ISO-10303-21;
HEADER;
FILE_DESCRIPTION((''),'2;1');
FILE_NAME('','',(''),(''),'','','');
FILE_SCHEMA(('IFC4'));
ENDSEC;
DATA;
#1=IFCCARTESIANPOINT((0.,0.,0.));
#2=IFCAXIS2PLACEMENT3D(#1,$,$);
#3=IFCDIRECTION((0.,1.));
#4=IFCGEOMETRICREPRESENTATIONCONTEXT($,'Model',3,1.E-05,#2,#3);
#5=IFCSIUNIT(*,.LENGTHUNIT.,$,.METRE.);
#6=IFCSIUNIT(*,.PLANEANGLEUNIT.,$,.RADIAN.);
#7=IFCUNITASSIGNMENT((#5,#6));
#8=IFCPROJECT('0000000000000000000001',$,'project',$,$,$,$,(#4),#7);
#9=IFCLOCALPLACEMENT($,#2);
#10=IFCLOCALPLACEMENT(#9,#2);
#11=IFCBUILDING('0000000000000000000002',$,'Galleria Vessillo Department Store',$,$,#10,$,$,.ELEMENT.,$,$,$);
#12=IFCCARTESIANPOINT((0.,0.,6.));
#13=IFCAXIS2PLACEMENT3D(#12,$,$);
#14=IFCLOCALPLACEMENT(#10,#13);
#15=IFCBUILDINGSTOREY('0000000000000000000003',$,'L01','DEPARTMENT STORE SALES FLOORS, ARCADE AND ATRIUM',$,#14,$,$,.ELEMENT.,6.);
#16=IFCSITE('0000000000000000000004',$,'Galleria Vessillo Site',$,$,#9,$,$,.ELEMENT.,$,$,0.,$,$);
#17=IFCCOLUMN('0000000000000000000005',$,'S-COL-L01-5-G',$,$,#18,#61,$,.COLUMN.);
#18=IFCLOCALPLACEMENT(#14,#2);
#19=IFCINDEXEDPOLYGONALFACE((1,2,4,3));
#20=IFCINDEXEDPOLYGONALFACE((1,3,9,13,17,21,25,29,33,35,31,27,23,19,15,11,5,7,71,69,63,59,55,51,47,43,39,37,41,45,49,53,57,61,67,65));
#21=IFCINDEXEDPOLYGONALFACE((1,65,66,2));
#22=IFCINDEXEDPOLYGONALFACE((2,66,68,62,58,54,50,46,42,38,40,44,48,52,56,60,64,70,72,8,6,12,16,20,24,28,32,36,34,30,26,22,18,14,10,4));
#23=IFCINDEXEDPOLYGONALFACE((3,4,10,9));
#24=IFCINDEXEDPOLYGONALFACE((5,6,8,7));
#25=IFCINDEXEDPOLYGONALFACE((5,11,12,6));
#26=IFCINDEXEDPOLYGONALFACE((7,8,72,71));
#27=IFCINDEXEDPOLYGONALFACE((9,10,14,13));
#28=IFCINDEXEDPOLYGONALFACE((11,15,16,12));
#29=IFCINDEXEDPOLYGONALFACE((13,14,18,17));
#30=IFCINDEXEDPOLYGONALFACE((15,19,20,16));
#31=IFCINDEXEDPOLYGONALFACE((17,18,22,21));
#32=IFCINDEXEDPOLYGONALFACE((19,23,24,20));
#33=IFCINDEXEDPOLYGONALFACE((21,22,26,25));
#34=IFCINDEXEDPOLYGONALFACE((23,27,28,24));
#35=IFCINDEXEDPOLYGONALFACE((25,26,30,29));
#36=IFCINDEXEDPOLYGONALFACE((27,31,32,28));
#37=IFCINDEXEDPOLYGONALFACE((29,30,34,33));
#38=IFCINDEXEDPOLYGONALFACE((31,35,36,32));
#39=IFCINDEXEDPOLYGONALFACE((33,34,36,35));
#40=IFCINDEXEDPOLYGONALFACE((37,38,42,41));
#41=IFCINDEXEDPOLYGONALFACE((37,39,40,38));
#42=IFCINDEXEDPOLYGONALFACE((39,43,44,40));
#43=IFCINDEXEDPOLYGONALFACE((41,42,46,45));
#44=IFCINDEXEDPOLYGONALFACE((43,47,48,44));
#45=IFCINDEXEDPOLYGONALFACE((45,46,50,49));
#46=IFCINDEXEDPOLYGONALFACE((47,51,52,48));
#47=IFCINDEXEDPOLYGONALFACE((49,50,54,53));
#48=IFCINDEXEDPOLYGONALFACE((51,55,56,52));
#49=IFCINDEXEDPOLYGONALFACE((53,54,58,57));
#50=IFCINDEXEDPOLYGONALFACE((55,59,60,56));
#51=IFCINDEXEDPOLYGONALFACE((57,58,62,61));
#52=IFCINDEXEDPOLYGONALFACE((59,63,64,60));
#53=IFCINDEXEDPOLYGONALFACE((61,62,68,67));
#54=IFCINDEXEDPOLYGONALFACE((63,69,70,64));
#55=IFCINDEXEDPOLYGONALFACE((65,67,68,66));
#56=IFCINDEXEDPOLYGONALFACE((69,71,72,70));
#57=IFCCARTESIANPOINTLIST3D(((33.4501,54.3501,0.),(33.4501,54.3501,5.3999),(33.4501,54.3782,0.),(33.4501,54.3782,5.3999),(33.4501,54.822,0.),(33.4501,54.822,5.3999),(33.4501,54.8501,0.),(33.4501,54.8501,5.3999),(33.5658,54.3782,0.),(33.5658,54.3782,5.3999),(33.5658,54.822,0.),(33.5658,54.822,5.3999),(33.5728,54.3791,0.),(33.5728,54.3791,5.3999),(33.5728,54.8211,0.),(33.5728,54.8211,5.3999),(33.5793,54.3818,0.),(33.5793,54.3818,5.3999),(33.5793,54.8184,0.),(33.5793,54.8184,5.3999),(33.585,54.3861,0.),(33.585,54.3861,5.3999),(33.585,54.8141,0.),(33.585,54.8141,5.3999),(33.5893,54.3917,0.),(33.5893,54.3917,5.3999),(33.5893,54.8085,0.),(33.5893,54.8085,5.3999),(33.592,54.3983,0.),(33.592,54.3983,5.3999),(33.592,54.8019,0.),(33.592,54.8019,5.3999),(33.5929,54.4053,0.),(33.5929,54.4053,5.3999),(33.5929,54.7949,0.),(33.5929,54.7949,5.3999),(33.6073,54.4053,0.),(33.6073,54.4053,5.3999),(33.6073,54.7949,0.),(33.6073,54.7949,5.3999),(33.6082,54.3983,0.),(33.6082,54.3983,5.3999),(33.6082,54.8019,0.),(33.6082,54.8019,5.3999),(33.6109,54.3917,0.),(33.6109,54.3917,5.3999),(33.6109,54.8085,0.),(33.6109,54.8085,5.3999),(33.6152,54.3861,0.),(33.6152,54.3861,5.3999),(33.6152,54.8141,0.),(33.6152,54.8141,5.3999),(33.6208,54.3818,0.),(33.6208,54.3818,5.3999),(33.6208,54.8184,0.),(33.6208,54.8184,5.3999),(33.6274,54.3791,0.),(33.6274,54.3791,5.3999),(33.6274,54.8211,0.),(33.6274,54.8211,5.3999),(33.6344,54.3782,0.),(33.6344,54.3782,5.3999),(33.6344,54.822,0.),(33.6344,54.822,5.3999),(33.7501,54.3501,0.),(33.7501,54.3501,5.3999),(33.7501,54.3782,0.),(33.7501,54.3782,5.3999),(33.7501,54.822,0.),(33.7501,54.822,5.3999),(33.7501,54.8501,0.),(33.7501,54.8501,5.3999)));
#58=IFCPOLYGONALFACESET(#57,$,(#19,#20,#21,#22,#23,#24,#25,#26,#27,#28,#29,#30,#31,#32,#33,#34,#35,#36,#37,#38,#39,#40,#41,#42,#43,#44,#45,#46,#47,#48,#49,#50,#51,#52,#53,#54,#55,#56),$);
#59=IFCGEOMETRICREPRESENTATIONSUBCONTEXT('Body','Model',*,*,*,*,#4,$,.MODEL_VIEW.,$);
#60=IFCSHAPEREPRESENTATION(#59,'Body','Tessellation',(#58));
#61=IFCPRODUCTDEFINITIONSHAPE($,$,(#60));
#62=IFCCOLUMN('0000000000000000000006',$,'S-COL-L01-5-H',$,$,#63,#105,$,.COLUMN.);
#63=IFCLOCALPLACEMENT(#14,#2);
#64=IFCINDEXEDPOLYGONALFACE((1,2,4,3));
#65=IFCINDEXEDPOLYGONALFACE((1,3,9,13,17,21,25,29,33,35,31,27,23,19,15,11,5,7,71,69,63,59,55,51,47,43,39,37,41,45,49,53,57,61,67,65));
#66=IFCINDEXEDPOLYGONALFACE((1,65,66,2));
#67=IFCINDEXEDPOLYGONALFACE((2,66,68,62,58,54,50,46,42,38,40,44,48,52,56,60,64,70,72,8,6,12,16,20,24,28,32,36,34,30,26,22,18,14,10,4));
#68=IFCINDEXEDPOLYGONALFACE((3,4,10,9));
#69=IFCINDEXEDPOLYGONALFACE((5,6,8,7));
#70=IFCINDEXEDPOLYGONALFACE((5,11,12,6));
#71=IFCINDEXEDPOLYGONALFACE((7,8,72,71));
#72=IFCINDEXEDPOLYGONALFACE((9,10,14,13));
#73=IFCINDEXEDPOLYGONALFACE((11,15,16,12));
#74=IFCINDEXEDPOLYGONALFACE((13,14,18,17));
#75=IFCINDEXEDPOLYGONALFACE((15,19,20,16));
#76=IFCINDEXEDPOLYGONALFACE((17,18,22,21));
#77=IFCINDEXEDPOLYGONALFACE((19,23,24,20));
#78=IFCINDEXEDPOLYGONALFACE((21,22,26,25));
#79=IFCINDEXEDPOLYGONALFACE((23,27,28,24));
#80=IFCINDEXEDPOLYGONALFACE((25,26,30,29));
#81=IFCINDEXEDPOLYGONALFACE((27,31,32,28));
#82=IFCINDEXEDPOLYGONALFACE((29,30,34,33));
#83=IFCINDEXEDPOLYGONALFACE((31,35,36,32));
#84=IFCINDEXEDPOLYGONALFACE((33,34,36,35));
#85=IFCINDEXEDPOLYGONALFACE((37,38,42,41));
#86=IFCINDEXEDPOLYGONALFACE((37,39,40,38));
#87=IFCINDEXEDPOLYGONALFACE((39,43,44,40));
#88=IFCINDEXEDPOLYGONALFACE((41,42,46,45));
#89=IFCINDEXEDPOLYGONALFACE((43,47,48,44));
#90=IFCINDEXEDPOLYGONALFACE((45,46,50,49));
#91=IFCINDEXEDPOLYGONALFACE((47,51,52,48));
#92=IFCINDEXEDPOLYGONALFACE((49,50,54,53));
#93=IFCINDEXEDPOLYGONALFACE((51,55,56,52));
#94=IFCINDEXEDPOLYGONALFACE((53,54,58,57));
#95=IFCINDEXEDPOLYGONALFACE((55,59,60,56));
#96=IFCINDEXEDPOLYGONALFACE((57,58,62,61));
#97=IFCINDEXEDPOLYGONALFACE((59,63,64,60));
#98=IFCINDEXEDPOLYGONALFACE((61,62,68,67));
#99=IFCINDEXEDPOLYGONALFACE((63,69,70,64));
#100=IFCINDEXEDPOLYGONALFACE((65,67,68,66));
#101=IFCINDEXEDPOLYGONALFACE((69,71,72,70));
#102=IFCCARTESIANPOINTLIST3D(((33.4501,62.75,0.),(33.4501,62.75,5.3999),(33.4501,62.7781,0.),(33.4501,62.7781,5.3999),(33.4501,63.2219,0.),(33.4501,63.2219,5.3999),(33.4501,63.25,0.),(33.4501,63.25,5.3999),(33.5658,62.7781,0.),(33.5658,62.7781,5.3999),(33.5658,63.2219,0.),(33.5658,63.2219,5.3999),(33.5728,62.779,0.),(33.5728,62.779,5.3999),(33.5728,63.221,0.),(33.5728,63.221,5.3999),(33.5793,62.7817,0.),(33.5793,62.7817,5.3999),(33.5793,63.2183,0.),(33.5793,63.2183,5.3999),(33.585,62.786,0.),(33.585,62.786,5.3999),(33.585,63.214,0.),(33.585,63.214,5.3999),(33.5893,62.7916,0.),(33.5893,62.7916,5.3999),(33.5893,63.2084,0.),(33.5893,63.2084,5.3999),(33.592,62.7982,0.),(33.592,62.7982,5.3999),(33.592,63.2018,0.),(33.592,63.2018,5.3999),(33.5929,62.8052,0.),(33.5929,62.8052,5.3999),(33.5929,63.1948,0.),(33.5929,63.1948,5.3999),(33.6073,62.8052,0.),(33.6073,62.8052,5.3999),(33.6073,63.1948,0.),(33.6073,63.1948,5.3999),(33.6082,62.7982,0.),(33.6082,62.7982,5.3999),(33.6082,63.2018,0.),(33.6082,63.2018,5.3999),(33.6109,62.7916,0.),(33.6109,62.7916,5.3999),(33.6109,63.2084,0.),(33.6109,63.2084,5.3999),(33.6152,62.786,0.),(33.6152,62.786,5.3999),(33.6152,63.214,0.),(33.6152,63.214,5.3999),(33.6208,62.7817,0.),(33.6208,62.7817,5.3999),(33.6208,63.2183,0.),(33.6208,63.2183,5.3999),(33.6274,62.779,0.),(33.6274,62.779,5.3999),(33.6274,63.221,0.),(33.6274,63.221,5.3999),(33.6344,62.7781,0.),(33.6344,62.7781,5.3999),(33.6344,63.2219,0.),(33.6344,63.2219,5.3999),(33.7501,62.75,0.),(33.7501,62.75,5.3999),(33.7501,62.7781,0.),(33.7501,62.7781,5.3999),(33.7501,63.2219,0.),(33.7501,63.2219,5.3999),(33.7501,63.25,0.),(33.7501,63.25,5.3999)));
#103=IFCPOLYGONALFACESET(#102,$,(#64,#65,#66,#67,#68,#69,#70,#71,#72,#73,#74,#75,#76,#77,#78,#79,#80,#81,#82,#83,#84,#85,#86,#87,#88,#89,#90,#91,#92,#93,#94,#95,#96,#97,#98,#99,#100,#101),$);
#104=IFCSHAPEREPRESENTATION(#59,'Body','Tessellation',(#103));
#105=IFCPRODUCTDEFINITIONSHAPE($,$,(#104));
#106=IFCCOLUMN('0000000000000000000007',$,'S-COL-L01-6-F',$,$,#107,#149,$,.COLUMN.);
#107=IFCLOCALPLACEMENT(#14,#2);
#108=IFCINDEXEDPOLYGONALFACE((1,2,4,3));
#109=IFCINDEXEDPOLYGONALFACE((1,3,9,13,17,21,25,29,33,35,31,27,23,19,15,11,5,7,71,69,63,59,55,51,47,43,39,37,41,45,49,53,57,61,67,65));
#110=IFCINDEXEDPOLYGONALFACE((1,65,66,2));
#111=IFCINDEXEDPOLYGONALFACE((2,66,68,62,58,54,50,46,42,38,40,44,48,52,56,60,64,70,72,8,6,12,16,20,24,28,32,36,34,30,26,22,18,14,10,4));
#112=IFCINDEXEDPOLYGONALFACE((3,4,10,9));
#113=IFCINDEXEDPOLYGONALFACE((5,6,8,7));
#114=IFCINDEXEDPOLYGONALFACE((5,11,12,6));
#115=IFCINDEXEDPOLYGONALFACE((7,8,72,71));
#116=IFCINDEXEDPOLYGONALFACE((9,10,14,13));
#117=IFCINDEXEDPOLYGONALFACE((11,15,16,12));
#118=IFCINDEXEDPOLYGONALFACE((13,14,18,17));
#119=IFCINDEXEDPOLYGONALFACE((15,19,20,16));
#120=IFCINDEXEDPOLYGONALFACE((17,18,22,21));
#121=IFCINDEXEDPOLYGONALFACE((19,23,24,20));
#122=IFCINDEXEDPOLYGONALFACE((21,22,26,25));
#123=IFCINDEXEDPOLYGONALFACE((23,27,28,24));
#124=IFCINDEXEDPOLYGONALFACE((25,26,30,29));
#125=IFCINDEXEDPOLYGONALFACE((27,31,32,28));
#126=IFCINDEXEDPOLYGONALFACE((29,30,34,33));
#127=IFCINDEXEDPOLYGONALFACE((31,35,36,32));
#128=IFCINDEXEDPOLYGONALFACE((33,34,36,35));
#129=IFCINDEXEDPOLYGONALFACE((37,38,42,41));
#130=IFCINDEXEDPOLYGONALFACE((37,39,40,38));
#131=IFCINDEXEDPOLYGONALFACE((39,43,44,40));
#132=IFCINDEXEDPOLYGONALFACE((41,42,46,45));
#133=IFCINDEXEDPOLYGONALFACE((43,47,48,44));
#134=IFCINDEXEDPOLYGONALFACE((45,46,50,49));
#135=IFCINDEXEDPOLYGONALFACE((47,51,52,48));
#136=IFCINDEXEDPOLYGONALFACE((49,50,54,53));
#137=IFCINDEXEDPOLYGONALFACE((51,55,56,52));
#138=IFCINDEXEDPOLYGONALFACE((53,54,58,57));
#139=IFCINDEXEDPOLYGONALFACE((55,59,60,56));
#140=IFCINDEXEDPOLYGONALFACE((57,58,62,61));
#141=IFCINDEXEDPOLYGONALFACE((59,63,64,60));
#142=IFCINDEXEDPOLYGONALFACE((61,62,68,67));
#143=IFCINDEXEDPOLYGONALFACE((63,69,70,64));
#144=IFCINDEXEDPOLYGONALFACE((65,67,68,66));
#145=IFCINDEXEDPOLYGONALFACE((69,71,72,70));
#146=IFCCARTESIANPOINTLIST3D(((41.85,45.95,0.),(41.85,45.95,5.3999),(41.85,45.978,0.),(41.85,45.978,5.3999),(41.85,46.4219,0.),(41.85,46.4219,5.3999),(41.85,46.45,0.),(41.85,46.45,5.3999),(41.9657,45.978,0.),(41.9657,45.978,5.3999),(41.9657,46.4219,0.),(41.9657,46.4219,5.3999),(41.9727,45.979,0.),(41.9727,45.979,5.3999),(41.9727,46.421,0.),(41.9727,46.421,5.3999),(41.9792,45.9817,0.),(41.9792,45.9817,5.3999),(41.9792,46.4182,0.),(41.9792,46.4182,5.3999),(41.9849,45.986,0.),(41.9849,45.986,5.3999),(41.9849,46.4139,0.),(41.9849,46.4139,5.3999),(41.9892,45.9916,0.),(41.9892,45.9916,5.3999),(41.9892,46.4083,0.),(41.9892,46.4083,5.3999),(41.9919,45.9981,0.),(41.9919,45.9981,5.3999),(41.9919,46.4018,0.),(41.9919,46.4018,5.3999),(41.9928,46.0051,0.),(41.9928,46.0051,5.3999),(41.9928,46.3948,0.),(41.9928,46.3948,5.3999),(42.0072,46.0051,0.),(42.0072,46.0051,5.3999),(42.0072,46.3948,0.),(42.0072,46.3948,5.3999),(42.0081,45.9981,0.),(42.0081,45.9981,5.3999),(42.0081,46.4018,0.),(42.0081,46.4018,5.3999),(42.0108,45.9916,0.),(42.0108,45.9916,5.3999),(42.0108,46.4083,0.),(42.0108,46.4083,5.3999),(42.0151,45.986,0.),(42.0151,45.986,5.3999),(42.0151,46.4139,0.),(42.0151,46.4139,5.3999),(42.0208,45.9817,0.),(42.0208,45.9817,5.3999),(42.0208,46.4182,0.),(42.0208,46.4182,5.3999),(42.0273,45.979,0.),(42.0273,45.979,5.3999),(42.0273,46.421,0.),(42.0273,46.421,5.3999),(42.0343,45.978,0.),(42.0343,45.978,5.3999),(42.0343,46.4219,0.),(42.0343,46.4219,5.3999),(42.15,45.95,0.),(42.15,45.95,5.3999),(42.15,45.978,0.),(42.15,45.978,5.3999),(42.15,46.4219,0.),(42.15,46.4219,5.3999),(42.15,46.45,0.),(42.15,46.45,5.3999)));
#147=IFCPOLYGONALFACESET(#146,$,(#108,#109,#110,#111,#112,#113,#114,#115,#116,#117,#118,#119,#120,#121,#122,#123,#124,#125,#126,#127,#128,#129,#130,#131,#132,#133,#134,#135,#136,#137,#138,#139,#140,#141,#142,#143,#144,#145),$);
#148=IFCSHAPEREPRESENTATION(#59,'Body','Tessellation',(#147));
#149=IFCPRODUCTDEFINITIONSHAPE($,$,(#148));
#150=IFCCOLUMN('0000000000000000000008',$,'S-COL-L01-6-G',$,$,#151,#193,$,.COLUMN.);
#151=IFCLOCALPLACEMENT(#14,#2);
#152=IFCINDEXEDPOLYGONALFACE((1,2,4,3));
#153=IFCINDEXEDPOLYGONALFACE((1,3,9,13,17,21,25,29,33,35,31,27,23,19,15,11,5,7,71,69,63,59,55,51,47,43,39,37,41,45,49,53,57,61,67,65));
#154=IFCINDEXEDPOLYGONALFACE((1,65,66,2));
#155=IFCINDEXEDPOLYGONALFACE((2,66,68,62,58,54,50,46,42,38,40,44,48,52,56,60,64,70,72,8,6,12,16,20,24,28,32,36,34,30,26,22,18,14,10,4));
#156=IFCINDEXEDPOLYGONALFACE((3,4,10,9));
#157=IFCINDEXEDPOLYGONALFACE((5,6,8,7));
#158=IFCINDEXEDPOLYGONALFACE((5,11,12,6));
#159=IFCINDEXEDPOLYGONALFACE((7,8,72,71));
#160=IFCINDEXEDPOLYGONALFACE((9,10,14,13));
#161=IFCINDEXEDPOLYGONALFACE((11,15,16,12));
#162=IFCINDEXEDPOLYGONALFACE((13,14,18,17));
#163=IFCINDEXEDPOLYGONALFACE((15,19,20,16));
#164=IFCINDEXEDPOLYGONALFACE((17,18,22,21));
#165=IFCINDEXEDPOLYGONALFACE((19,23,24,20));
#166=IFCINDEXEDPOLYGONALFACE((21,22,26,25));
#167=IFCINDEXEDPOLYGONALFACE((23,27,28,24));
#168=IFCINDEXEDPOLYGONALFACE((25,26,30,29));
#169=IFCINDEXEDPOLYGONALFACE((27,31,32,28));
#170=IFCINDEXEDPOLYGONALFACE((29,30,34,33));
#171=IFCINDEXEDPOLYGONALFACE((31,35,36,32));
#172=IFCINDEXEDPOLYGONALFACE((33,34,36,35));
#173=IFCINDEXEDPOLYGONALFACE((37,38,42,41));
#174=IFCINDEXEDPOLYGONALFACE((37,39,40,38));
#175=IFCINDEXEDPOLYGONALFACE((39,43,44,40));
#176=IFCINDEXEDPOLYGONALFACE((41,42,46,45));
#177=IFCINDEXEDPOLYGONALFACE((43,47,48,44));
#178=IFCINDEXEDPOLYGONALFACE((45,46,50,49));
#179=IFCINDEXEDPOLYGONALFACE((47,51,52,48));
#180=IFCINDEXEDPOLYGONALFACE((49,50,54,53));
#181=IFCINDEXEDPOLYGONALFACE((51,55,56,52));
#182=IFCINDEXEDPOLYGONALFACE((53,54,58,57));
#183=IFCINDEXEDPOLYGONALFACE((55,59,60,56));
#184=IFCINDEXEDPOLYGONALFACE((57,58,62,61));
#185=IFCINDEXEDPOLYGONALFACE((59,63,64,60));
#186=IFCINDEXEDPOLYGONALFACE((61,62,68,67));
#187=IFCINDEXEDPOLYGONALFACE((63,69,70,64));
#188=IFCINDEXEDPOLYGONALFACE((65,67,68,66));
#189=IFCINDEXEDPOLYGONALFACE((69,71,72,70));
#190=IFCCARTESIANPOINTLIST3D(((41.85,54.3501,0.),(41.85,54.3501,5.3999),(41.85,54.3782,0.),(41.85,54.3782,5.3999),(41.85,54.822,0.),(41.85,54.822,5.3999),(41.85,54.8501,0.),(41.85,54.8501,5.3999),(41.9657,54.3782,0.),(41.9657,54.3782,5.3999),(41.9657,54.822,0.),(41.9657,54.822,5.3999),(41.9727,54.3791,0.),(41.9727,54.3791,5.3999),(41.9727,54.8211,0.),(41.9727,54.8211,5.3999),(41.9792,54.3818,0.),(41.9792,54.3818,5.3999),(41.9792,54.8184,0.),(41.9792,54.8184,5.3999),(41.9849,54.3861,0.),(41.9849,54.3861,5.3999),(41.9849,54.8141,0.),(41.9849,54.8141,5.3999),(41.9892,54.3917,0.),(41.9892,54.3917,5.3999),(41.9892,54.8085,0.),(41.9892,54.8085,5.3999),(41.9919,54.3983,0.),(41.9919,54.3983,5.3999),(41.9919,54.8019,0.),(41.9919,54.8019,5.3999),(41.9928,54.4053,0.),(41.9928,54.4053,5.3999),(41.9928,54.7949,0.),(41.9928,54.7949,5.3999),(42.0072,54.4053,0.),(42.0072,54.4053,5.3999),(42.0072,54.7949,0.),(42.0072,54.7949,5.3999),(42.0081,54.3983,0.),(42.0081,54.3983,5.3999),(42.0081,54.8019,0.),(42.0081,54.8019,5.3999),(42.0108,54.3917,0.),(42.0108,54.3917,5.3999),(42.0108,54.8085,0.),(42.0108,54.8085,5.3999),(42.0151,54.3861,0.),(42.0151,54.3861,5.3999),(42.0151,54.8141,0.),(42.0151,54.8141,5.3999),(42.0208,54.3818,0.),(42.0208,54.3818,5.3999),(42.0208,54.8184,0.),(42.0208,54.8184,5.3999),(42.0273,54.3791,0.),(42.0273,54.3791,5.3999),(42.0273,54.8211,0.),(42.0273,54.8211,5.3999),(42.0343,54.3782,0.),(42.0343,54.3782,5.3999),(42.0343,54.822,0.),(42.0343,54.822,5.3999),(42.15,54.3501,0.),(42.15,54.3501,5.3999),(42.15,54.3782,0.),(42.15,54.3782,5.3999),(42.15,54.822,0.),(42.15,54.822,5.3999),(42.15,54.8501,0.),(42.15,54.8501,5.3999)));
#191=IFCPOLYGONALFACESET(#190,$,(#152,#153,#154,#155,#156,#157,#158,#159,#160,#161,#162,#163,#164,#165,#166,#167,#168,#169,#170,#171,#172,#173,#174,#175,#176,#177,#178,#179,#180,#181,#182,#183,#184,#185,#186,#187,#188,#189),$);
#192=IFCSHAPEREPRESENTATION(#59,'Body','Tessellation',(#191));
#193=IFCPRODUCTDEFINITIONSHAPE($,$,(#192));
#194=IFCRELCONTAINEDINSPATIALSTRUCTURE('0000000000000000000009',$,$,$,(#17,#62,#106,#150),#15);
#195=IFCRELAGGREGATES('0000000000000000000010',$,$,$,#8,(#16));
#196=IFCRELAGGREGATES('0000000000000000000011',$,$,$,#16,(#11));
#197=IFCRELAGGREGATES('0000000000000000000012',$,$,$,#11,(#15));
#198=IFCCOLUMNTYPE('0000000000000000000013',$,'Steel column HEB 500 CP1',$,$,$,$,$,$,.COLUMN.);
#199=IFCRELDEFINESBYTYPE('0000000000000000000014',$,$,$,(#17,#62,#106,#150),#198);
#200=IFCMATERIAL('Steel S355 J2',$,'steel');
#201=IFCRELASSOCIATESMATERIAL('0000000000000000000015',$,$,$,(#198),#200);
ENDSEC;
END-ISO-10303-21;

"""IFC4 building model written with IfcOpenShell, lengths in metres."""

from ifc_helpers import new_model, si_unit, direction, frame, origin, origin_2d, place, context, subcontext, project, spatial, i_section, extrude, material, material_profile, profile_set, type_object, element, save


model = new_model("IFC4")

# Units and contexts
model_context = context("Model", 3, precision=1e-05, world=origin(), true_north=direction((0.0, 1.0)))
body_context = subcontext(model_context, "Body", "Model", "MODEL_VIEW")
ifc_project = project(units=[si_unit("LENGTHUNIT", "METRE"), si_unit("PLANEANGLEUNIT", "RADIAN")], contexts=[model_context])

# Site, building, storey
site_placement = place(None, origin())
site = spatial("IfcSite", under=ifc_project, at=site_placement, Name="Galleria Vessillo Site", CompositionType="ELEMENT", RefElevation=0.0)
building_placement = place(site_placement, origin())
building = spatial("IfcBuilding", under=site, at=building_placement, Name="Galleria Vessillo Department Store", CompositionType="ELEMENT")
storey_placement = place(building_placement, frame((0.0, 0.0, 6.0)))
storey = spatial("IfcBuildingStorey", under=building, at=storey_placement, Name="L01", Description="DEPARTMENT STORE SALES FLOORS, ARCADE AND ATRIUM", CompositionType="ELEMENT", Elevation=6.0)

# Columns
ifc_material_1 = material(Name="Steel S355 J2", Category="steel")
ifc_material_profile_1 = material_profile(ifc_material_1, i_section(OverallWidth=0.3, OverallDepth=0.5, WebThickness=0.0144, FlangeThickness=0.0281, FilletRadius=0.0271, at=origin_2d()), Name="HEB 500")
ifc_profile_set_1 = profile_set([ifc_material_profile_1], Name="Steel S355 J2")
column_type = type_object("IfcColumnType", Name="Steel column HEB 500 CP1", PredefinedType="COLUMN", material=ifc_profile_set_1)
for number, where, z_axis, x_axis, name in (
    (1, (33.6001, 54.6001, 0.0), (0.0, 0.0, 1.0), (1.0, 0.0, 0.0), "S-COL-L01-5-G"),
    (2, (33.6001, 63.0, 0.0), (0.0, 0.0, 1.0), (1.0, 0.0, 0.0), "S-COL-L01-5-H"),
    (3, (42.0, 46.2, 0.0), (0.0, 0.0, 1.0), (1.0, 0.0, 0.0), "S-COL-L01-6-F"),
    (4, (42.0, 54.6001, 0.0), (0.0, 0.0, 1.0), (1.0, 0.0, 0.0), "S-COL-L01-6-G"),
):
    element("IfcColumn", number, at=place(storey_placement, frame(where, z_axis=z_axis, x_axis=x_axis)), inside=storey, type_object=column_type, Name=name, PredefinedType="COLUMN", context=body_context, shape_type="SweptSolid", body=[
        extrude(i_section(OverallWidth=0.3, OverallDepth=0.5, WebThickness=0.0144, FlangeThickness=0.0281, FilletRadius=0.0271, at=origin_2d()), origin(), (0.0, 0.0, 1.0), 5.3999),
    ])

save(model, "model.ifc")
